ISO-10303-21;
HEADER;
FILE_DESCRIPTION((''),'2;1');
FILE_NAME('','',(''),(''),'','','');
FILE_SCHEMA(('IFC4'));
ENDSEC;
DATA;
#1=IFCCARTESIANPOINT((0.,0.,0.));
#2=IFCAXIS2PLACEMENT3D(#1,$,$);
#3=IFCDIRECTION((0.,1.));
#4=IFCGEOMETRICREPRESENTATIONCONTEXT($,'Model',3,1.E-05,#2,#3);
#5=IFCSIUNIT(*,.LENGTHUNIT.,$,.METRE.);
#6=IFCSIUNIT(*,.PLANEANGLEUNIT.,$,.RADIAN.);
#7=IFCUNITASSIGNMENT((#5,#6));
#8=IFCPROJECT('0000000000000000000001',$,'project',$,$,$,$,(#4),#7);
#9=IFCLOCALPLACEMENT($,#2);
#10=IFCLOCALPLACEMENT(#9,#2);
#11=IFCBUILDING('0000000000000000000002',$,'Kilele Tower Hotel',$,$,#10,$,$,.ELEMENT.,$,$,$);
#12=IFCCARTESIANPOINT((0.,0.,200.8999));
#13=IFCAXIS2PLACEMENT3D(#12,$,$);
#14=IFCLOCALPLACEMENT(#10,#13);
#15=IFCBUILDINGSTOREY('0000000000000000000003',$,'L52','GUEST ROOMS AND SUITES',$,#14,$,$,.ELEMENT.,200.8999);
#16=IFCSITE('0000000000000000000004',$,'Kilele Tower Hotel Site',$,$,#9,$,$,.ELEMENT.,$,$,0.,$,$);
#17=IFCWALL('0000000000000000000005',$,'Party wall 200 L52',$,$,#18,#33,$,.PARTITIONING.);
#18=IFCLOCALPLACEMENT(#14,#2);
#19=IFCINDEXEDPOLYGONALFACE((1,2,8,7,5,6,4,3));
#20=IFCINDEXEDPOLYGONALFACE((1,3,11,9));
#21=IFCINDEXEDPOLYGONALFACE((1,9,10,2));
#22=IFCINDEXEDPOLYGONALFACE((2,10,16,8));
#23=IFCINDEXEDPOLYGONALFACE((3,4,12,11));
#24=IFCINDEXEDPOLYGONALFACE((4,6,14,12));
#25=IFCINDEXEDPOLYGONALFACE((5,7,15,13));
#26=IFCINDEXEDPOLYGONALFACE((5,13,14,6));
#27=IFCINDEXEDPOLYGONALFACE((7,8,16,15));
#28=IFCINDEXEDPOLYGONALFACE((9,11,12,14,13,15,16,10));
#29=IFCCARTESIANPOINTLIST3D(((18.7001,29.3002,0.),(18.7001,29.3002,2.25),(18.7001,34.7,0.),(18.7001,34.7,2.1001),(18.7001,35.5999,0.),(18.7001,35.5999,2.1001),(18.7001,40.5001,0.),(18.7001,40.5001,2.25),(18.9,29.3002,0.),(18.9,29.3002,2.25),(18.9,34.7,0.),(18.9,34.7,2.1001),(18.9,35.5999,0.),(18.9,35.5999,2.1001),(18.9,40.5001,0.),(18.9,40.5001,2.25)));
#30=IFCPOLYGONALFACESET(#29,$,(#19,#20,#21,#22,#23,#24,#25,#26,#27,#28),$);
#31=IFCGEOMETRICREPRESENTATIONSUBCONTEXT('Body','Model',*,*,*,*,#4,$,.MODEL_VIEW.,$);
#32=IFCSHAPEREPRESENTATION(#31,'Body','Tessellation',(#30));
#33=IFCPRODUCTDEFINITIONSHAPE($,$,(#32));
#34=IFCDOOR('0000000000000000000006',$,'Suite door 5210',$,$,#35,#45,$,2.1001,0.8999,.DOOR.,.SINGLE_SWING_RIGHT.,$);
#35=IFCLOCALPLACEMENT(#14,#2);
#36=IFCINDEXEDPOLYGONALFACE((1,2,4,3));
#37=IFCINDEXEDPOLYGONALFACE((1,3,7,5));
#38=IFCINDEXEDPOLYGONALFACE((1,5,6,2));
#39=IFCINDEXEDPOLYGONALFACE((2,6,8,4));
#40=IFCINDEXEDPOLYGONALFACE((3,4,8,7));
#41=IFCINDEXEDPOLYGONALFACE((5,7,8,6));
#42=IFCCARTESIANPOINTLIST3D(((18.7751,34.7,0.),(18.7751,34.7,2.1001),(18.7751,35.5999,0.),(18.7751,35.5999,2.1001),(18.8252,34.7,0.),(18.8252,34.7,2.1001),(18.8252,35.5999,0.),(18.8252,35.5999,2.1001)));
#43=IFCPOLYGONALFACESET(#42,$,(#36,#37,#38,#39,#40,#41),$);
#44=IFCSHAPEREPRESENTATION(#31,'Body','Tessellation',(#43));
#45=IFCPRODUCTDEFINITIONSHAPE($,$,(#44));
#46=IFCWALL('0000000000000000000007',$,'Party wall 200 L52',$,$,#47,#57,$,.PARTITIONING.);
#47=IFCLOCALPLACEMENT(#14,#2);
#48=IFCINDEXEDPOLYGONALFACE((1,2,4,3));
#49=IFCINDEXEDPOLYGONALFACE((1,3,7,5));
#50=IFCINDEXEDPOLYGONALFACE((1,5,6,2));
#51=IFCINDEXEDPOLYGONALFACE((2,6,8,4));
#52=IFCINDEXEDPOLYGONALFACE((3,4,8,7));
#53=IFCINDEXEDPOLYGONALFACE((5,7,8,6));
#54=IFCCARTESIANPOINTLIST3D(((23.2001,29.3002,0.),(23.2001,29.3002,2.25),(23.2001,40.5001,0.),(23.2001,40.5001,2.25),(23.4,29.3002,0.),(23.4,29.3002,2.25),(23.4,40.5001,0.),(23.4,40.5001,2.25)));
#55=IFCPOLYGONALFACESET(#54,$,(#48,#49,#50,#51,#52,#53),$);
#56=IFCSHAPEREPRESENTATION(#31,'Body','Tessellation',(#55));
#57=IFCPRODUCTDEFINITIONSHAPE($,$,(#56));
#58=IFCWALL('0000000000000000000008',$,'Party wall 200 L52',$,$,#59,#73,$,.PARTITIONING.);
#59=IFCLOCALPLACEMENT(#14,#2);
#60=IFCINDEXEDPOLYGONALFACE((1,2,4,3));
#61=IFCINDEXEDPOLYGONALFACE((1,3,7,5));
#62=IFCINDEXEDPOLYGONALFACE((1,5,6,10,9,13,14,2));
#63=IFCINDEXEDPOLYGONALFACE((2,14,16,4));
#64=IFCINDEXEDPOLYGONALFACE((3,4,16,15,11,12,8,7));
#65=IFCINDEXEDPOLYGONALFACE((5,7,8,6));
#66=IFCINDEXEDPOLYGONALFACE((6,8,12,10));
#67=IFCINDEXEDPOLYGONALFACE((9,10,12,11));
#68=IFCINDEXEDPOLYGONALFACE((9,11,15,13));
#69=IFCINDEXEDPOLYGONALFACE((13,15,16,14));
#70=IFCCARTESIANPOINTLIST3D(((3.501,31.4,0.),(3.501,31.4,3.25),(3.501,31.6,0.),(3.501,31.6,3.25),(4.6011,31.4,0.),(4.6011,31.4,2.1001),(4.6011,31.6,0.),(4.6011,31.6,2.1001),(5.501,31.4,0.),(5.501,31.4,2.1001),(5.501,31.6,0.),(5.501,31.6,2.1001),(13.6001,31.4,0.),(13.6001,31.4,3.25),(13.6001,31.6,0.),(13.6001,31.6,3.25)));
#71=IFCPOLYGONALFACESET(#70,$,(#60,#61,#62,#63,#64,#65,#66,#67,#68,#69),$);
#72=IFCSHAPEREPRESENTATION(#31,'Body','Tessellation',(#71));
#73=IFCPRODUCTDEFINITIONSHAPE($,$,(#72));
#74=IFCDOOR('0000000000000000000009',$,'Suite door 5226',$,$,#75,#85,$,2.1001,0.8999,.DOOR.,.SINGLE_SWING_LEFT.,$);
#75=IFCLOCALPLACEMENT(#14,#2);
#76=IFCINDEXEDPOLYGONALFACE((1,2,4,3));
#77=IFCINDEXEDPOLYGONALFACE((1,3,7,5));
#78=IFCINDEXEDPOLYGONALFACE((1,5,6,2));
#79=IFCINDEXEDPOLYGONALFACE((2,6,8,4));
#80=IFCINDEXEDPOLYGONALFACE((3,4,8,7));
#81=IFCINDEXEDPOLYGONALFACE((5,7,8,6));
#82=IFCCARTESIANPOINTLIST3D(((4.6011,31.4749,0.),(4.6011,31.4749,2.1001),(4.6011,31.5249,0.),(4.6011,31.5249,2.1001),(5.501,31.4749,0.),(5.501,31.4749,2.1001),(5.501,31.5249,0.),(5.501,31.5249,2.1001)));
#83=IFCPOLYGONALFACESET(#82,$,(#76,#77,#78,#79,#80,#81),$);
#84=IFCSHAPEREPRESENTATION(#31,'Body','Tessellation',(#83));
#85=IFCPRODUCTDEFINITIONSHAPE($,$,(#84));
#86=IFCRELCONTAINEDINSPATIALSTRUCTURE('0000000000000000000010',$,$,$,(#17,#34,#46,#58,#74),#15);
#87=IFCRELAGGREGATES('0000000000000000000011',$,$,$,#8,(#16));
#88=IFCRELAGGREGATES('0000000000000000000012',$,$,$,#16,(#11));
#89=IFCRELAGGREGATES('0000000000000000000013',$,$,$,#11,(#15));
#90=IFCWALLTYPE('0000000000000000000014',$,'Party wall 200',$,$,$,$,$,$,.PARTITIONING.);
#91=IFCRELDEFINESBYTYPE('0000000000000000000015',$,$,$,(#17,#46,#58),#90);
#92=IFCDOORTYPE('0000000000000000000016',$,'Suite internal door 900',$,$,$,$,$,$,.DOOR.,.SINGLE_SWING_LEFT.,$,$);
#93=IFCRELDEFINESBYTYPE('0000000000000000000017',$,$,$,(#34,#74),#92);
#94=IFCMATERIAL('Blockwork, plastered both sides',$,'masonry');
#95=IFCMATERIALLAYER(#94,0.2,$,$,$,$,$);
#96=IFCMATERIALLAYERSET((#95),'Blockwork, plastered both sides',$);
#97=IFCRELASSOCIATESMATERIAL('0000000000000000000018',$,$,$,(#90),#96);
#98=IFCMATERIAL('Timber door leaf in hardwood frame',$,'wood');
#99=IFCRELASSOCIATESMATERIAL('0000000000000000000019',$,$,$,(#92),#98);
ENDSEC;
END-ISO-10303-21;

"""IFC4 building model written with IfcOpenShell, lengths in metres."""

from ifc_helpers import new_model, si_unit, direction, frame, frame_2d, origin, place, context, subcontext, project, spatial, rectangle, extrude, material, layer, layer_set, type_object, element, fill, save


model = new_model("IFC4")

# Units and contexts
model_context = context("Model", 3, precision=1e-05, world=origin(), true_north=direction((0.0, 1.0)))
body_context = subcontext(model_context, "Body", "Model", "MODEL_VIEW")
ifc_project = project(units=[si_unit("LENGTHUNIT", "METRE"), si_unit("PLANEANGLEUNIT", "RADIAN")], contexts=[model_context])

# Site, building, storey
site_placement = place(None, origin())
site = spatial("IfcSite", under=ifc_project, at=site_placement, Name="Kilele Tower Hotel Site", CompositionType="ELEMENT", RefElevation=0.0)
building_placement = place(site_placement, origin())
building = spatial("IfcBuilding", under=site, at=building_placement, Name="Kilele Tower Hotel", CompositionType="ELEMENT")
storey_placement = place(building_placement, frame((0.0, 0.0, 200.8999)))
storey = spatial("IfcBuildingStorey", under=building, at=storey_placement, Name="L52", Description="GUEST ROOMS AND SUITES", CompositionType="ELEMENT", Elevation=200.8999)

# Wall, opening, door
ifc_material_1 = material(Name="Blockwork, plastered both sides", Category="masonry")
ifc_layer_1 = layer(ifc_material_1, 0.2)
ifc_layer_set_1 = layer_set([ifc_layer_1], Name="Blockwork, plastered both sides")
wall_type_1 = type_object("IfcWallType", Name="Party wall 200", PredefinedType="PARTITIONING", material=ifc_layer_set_1)
wall_1_placement = place(storey_placement, frame((18.8, 29.3, 0.0), z_axis=(0.0, 0.0, 1.0), x_axis=(0.0, 1.0, 0.0)))
wall_1 = element("IfcWall", 1, at=wall_1_placement, inside=storey, type_object=wall_type_1, Name="Party wall 200 L52", PredefinedType="PARTITIONING", context=body_context, shape_type="SweptSolid", body=[
    extrude(rectangle(XDim=11.2, YDim=0.2, at=frame_2d((5.6001, 0.0))), origin(), (0.0, 0.0, 1.0), 2.25),
])
opening_1_placement = place(wall_1_placement, frame((5.3999, 0.0, 0.0)))
opening_1 = element("IfcOpeningElement", 2, at=opening_1_placement, cuts=wall_1, PredefinedType="OPENING", context=body_context, shape_type="SweptSolid", body=[
    extrude(rectangle(XDim=0.8999, YDim=2.1001, at=frame_2d((0.45, 1.05))), frame((0.0, 0.1099, 0.0), z_axis=(0.0, -1.0, 0.0), x_axis=(1.0, 0.0, 0.0)), (0.0, 0.0, 1.0), 0.22),
])
ifc_material_2 = material(Name="Timber door leaf in hardwood frame", Category="wood")
door_type_1 = type_object("IfcDoorType", Name="Suite internal door 900", OperationType="SINGLE_SWING_LEFT", PredefinedType="DOOR", material=ifc_material_2)
door_1_placement = place(opening_1_placement, origin())
door_1 = element("IfcDoor", 3, at=door_1_placement, inside=storey, type_object=door_type_1, Name="Suite door 5210", OperationType="SINGLE_SWING_RIGHT", OverallHeight=2.1001, OverallWidth=0.8999, PredefinedType="DOOR", context=body_context, shape_type="SweptSolid", body=[
    extrude(rectangle(XDim=0.8999, YDim=2.1001, at=frame_2d((0.45, 1.05))), frame((0.0, 0.0249, 0.0), z_axis=(0.0, -1.0, 0.0), x_axis=(1.0, 0.0, 0.0)), (0.0, 0.0, 1.0), 0.05),
])
fill(opening_1, door_1)

# Wall
wall_2_placement = place(storey_placement, frame((23.3, 29.3, 0.0), z_axis=(0.0, 0.0, 1.0), x_axis=(0.0, 1.0, 0.0)))
element("IfcWall", 4, at=wall_2_placement, inside=storey, type_object=wall_type_1, Name="Party wall 200 L52", PredefinedType="PARTITIONING", context=body_context, shape_type="SweptSolid", body=[
    extrude(rectangle(XDim=11.2, YDim=0.2, at=frame_2d((5.6001, 0.0))), origin(), (0.0, 0.0, 1.0), 2.25),
])

# Wall, opening, door
wall_3_placement = place(storey_placement, frame((13.6001, 31.5, 0.0), z_axis=(0.0, 0.0, 1.0), x_axis=(-1.0, 0.0, 0.0)))
wall_3 = element("IfcWall", 5, at=wall_3_placement, inside=storey, type_object=wall_type_1, Name="Party wall 200 L52", PredefinedType="PARTITIONING", context=body_context, shape_type="SweptSolid", body=[
    extrude(rectangle(XDim=10.0991, YDim=0.2, at=frame_2d((5.0496, 0.0))), origin(), (0.0, 0.0, 1.0), 3.25),
])
opening_2_placement = place(wall_3_placement, frame((8.999, 0.0, 0.0), z_axis=(0.0, 0.0, 1.0), x_axis=(-1.0, 0.0, 0.0)))
opening_2 = element("IfcOpeningElement", 6, at=opening_2_placement, cuts=wall_3, PredefinedType="OPENING", context=body_context, shape_type="SweptSolid", body=[
    extrude(rectangle(XDim=0.8999, YDim=2.1001, at=frame_2d((0.45, 1.05))), frame((0.0, 0.1099, 0.0), z_axis=(0.0, -1.0, 0.0), x_axis=(1.0, 0.0, 0.0)), (0.0, 0.0, 1.0), 0.22),
])
door_2_placement = place(opening_2_placement, origin())
door_2 = element("IfcDoor", 7, at=door_2_placement, inside=storey, type_object=door_type_1, Name="Suite door 5226", OperationType="SINGLE_SWING_LEFT", OverallHeight=2.1001, OverallWidth=0.8999, PredefinedType="DOOR", context=body_context, shape_type="SweptSolid", body=[
    extrude(rectangle(XDim=0.8999, YDim=2.1001, at=frame_2d((0.45, 1.05))), frame((0.0, 0.0249, 0.0), z_axis=(0.0, -1.0, 0.0), x_axis=(1.0, 0.0, 0.0)), (0.0, 0.0, 1.0), 0.05),
])
fill(opening_2, door_2)

save(model, "model.ifc")
